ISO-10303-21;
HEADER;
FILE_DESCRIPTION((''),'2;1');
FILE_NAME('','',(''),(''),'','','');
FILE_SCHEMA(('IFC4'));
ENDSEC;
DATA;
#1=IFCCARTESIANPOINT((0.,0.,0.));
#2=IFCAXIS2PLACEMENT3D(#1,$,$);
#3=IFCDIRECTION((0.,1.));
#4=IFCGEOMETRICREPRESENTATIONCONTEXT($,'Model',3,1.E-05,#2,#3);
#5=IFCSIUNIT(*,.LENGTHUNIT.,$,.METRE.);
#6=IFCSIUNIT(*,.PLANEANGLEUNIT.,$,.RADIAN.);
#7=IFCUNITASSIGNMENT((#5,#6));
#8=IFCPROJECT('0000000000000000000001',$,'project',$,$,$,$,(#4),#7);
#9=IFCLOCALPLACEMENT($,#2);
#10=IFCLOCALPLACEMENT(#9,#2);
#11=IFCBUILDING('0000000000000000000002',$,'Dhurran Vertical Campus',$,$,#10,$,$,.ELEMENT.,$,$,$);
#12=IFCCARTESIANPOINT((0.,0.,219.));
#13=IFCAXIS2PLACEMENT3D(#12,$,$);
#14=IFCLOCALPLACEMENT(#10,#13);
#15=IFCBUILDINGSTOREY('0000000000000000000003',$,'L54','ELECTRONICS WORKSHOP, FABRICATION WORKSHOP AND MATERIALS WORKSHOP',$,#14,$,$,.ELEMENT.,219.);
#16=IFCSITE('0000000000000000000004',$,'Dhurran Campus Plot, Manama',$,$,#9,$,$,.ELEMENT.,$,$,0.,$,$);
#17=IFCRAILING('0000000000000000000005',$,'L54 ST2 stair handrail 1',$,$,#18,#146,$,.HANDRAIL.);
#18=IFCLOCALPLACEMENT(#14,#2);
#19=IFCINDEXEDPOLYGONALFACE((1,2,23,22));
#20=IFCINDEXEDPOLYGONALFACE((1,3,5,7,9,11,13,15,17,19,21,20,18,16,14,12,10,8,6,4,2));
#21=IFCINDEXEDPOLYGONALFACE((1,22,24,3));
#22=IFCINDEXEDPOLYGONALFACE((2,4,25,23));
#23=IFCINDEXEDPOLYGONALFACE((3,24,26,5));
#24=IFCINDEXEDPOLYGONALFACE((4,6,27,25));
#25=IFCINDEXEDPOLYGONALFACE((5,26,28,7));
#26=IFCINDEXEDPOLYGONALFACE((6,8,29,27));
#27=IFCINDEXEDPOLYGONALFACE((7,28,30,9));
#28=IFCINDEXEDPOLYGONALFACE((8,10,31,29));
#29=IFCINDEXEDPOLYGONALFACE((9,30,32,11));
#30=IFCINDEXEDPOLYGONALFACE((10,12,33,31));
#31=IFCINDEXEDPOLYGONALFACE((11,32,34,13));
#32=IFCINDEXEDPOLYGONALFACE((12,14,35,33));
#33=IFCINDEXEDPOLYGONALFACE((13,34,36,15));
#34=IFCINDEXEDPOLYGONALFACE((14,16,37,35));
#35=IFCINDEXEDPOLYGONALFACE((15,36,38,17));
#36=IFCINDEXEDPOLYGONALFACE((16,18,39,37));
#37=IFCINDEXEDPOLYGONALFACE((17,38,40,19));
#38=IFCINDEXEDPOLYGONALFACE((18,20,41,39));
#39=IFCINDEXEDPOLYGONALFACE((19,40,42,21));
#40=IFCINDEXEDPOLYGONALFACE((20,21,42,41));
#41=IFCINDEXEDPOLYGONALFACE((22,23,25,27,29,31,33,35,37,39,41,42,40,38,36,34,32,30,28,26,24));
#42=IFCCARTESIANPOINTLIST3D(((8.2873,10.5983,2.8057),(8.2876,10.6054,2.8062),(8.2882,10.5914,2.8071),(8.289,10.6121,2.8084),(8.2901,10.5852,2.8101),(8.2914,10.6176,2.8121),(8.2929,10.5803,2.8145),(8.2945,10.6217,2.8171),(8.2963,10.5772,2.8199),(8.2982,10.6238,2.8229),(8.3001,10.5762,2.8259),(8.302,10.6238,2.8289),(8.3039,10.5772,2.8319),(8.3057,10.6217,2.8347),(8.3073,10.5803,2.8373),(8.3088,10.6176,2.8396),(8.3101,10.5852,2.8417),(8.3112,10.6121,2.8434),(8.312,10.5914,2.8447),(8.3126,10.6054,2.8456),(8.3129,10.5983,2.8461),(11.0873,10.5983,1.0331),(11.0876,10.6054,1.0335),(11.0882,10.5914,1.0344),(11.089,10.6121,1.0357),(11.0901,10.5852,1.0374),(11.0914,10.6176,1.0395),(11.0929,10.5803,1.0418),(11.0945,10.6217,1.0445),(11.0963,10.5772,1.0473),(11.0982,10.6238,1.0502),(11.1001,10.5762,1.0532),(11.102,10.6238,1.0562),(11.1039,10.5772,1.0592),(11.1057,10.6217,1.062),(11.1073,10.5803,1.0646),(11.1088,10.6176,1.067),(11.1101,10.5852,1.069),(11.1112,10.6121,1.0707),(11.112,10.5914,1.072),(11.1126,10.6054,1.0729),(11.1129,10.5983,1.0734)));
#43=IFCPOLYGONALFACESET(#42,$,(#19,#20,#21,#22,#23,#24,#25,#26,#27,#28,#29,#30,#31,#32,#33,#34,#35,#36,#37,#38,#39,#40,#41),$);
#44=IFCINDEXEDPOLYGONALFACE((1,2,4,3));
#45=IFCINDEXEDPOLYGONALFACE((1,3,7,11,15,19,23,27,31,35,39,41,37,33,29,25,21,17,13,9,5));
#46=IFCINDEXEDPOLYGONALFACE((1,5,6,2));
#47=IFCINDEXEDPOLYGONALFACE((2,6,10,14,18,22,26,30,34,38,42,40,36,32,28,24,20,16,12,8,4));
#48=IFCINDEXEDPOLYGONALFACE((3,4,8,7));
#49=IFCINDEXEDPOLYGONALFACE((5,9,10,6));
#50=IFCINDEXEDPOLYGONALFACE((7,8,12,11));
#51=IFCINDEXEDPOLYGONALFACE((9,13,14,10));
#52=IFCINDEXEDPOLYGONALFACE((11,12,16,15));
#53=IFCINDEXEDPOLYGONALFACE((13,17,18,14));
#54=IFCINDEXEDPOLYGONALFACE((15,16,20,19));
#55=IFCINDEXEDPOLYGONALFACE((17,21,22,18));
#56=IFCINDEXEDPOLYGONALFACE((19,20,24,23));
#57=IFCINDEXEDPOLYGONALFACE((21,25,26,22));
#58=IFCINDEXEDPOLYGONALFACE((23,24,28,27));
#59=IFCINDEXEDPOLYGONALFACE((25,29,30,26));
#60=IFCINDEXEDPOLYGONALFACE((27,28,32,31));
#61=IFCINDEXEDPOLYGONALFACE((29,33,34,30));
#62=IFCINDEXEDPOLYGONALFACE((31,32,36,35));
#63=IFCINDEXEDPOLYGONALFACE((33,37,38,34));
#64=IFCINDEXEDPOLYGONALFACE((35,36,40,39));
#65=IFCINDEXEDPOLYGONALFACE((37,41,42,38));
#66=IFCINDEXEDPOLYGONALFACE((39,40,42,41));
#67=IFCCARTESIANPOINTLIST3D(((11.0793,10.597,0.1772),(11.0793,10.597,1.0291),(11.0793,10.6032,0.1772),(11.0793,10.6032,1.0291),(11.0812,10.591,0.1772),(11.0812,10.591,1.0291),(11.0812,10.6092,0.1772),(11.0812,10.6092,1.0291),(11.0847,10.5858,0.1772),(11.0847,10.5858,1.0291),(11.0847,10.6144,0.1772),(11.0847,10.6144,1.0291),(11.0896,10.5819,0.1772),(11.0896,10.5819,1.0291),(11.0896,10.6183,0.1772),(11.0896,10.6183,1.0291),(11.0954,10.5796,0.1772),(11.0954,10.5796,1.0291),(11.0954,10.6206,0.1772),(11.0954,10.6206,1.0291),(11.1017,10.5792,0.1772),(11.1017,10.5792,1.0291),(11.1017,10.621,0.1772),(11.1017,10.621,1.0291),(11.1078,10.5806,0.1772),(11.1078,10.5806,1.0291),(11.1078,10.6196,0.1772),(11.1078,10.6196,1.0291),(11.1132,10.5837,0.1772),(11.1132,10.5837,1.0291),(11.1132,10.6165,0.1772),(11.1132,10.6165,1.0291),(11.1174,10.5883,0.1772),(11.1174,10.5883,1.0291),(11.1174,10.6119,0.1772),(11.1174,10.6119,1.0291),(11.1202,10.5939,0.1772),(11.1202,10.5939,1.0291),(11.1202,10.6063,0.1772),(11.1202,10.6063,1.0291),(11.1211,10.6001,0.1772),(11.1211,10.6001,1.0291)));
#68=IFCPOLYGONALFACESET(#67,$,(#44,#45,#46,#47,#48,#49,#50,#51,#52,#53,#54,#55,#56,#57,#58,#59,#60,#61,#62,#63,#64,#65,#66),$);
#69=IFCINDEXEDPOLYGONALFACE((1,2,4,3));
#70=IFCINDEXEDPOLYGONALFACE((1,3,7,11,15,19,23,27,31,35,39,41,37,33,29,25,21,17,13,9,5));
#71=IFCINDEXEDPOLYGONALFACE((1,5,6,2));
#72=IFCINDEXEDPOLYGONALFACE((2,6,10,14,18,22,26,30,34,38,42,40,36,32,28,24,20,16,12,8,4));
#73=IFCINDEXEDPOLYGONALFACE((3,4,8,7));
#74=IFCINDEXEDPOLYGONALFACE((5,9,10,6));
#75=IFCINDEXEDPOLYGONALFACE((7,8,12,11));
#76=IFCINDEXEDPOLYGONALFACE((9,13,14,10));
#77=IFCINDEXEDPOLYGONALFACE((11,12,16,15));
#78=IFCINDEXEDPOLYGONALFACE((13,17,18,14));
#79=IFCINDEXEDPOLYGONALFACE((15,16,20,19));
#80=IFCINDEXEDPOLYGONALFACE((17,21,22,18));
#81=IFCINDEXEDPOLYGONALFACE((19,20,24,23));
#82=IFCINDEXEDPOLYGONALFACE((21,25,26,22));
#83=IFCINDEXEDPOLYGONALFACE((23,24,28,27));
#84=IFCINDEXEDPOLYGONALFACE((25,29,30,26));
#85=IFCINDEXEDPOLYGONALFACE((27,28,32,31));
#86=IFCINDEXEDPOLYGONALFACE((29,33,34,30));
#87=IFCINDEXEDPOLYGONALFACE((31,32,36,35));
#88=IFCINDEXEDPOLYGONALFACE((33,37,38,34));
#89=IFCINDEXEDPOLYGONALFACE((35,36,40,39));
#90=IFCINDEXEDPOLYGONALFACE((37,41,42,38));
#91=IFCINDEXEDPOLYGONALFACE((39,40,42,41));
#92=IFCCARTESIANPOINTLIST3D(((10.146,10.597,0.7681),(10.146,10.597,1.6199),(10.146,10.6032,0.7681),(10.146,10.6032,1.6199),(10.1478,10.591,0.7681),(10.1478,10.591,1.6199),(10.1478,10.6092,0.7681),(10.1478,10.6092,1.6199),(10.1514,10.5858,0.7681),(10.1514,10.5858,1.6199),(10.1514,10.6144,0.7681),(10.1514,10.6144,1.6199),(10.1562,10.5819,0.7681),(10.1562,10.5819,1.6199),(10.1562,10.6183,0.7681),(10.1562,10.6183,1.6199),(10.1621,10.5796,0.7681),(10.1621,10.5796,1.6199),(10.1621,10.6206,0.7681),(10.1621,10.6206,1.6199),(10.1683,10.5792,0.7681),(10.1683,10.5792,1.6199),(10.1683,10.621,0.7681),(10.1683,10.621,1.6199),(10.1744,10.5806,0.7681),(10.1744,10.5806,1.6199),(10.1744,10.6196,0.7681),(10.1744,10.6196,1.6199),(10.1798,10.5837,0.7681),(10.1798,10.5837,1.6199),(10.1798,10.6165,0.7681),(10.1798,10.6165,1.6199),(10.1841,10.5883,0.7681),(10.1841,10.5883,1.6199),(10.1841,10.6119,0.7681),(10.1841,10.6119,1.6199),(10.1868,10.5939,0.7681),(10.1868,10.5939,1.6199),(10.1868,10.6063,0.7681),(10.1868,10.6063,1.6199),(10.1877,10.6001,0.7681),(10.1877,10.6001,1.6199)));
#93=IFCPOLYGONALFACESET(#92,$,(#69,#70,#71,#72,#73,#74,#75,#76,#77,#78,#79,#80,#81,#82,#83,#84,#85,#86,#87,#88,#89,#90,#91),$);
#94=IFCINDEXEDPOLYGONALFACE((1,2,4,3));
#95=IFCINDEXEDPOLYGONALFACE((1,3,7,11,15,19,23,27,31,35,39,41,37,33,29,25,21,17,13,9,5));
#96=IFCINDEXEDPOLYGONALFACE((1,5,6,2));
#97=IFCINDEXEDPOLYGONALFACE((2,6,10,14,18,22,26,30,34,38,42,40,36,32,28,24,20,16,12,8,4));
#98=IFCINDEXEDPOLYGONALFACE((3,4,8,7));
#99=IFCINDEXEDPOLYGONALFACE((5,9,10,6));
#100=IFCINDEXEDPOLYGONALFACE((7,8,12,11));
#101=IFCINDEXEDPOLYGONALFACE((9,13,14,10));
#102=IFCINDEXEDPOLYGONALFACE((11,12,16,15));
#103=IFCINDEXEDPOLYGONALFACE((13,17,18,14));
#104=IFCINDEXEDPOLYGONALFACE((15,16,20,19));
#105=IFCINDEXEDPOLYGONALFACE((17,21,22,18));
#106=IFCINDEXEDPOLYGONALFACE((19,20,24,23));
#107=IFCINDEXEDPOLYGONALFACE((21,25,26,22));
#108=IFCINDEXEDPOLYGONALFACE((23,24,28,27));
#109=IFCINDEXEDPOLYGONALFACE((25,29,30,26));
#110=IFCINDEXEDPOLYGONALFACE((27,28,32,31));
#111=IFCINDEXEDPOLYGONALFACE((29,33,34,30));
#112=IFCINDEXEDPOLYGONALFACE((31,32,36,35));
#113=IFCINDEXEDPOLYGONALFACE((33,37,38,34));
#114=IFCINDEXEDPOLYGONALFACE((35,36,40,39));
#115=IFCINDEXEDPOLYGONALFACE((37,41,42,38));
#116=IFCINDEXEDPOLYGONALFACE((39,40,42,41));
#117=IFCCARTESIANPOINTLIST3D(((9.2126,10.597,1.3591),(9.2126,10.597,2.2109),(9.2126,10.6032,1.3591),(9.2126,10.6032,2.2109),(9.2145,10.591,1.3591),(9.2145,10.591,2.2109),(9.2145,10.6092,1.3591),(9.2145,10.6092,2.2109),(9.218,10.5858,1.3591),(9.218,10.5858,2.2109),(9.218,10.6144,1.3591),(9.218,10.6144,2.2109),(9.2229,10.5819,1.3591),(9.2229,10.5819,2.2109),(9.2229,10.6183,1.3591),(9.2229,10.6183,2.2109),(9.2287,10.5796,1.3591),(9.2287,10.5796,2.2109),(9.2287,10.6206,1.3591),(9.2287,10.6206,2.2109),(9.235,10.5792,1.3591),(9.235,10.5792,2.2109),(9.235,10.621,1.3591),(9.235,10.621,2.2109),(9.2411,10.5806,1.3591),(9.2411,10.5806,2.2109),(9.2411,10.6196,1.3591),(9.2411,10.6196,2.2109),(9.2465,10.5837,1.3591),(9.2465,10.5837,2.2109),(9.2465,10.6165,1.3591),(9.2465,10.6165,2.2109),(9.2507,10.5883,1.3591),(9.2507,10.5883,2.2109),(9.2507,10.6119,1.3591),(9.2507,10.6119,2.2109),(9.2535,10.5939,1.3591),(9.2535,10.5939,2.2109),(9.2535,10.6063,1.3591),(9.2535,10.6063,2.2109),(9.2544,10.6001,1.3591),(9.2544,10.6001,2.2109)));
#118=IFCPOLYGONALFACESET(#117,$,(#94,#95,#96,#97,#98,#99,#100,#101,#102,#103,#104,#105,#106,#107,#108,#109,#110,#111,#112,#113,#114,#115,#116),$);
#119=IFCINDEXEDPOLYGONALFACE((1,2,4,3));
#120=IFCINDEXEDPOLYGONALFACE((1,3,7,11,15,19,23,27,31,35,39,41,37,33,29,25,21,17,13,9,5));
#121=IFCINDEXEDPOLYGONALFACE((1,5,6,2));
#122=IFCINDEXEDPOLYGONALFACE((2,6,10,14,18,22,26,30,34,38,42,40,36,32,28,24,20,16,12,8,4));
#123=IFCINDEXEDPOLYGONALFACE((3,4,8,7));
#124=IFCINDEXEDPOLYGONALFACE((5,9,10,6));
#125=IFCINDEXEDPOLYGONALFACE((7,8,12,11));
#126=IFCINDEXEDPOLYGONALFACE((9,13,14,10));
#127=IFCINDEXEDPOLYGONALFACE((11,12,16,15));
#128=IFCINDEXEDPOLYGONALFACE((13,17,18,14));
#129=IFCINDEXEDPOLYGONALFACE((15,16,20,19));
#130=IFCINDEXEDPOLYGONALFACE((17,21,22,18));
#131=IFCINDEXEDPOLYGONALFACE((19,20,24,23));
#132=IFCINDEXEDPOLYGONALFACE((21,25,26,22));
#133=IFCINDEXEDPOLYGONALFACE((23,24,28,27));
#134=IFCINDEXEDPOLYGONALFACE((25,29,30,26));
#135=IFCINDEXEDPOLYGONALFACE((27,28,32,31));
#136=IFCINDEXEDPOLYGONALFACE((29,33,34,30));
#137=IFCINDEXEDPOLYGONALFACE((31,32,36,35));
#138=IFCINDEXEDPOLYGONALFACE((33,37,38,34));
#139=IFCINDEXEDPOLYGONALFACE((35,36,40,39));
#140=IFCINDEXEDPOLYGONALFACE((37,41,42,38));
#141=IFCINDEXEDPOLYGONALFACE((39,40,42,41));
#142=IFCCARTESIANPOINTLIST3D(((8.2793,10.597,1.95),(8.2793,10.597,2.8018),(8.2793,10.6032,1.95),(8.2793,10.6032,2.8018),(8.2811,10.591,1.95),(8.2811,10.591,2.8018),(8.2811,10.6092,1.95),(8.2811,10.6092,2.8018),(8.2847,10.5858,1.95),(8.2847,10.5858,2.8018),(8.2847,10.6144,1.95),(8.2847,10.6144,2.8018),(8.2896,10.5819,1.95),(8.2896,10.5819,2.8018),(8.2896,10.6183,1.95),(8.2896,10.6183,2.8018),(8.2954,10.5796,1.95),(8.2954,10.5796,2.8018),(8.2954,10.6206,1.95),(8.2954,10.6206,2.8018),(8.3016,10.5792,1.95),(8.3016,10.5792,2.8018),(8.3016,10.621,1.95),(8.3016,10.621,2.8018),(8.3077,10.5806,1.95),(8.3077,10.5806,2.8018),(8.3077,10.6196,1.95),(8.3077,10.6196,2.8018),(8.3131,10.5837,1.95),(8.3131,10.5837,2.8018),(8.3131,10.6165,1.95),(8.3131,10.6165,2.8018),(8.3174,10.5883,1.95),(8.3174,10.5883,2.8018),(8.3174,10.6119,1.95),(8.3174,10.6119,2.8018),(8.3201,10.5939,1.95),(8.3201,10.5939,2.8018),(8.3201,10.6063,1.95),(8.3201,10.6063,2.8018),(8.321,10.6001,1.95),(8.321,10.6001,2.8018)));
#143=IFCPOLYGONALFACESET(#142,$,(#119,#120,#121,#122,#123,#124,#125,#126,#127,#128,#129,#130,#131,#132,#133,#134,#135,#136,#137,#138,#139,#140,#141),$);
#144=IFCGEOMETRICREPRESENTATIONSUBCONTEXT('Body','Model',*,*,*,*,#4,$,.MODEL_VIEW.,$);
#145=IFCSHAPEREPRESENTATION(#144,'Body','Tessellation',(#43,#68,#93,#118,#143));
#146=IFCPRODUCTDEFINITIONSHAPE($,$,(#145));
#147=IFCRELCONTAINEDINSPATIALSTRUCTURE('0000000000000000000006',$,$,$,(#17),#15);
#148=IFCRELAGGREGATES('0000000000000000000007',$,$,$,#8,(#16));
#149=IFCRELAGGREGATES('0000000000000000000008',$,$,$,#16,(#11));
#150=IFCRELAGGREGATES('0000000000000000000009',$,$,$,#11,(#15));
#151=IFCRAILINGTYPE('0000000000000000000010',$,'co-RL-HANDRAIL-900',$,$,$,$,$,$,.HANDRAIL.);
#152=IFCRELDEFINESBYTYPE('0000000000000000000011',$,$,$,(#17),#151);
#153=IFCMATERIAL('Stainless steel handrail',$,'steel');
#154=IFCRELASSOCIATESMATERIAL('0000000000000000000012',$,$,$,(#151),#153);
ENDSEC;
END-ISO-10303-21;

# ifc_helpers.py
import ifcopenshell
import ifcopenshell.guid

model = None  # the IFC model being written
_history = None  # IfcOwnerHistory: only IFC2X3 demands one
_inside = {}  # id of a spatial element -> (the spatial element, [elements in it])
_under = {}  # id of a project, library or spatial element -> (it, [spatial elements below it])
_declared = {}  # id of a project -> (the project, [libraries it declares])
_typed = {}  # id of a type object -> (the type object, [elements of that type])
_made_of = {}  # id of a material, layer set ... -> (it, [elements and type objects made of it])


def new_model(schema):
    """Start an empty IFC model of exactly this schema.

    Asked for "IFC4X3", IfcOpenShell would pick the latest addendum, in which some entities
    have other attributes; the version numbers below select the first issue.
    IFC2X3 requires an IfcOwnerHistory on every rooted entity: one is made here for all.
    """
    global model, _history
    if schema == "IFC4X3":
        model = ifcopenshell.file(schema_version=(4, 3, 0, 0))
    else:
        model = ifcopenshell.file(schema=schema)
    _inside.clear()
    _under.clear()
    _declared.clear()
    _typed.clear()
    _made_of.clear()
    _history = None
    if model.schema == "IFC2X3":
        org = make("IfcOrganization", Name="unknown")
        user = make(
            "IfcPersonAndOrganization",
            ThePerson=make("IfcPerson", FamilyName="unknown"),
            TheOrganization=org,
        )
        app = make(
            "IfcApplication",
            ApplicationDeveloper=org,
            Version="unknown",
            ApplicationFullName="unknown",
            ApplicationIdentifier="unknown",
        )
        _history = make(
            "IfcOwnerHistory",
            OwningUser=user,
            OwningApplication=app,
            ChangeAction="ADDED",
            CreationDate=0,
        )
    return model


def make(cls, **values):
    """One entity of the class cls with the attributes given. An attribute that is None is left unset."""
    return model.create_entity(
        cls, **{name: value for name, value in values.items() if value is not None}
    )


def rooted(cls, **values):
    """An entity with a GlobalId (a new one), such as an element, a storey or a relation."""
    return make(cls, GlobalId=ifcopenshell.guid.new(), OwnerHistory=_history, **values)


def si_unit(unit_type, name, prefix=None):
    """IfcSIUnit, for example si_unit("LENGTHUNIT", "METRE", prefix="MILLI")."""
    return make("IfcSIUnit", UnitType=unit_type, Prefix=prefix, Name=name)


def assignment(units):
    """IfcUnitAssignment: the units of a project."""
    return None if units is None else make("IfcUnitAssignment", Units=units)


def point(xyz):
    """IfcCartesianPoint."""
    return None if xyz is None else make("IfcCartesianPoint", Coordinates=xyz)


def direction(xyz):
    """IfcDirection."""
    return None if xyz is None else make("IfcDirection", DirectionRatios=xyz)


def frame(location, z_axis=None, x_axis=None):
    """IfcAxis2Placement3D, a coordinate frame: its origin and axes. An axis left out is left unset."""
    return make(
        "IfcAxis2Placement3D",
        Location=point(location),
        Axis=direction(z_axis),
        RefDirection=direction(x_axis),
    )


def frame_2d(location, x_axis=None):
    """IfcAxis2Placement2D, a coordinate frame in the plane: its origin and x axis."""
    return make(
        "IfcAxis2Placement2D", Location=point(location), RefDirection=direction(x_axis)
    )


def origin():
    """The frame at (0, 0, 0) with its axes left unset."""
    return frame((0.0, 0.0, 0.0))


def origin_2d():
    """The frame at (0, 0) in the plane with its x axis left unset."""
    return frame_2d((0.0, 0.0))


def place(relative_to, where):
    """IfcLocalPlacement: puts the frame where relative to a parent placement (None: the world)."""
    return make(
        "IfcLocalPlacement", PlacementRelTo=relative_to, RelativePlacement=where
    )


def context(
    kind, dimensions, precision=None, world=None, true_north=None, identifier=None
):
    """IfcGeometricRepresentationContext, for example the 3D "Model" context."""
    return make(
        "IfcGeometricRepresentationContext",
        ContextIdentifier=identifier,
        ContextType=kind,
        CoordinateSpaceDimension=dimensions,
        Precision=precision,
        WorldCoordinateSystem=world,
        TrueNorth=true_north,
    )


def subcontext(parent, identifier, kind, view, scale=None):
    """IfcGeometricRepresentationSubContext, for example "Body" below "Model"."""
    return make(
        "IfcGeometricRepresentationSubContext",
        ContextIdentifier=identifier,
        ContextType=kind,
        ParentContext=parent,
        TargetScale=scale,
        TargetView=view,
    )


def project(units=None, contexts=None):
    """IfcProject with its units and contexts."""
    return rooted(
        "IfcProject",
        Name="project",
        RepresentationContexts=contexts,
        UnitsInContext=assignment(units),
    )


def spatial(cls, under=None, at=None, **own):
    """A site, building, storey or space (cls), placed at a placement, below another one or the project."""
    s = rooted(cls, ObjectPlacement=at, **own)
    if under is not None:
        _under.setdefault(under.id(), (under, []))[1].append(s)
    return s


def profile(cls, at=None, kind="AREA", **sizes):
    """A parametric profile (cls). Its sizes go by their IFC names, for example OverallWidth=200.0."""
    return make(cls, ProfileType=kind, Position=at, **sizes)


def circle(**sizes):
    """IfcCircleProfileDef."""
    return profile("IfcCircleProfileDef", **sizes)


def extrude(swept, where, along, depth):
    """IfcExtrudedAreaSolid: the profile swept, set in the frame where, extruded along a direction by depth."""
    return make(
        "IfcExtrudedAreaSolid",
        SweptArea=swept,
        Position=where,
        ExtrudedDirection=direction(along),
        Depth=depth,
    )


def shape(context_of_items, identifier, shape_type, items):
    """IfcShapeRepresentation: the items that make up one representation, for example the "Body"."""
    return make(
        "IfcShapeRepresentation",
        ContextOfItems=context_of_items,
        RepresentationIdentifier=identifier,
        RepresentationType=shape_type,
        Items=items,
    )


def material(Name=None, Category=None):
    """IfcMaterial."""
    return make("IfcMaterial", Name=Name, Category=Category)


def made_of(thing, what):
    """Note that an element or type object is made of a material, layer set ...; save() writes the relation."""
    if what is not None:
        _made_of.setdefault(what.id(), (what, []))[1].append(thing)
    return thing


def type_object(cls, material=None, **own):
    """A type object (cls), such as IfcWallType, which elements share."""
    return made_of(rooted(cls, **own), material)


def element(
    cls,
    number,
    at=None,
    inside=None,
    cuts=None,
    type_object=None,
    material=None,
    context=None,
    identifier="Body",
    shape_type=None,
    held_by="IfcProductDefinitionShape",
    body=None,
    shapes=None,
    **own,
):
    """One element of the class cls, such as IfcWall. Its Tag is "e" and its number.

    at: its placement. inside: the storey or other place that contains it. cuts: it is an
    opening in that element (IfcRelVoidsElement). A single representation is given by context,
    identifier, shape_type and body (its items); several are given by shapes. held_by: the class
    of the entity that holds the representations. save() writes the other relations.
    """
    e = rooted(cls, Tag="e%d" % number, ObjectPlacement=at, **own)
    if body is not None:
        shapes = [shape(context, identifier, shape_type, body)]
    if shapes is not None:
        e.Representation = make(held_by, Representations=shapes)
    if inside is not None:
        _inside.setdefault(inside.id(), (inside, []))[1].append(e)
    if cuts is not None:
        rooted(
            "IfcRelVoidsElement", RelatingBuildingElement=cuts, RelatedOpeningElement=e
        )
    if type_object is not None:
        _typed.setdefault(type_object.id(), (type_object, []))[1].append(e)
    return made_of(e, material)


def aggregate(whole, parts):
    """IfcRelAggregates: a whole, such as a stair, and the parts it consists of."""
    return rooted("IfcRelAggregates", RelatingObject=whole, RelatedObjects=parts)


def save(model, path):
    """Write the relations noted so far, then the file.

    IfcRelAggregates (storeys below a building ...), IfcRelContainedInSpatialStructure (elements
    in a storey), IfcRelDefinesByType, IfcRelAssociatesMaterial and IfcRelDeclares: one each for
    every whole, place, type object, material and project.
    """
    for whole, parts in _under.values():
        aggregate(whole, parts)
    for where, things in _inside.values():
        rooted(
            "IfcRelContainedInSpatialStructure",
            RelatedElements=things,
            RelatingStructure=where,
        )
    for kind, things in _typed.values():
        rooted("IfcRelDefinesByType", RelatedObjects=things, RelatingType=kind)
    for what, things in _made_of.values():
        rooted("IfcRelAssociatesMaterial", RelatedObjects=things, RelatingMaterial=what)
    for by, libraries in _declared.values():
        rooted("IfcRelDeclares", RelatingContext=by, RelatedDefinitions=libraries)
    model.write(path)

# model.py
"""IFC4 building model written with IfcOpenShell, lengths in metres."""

from ifc_helpers import new_model, si_unit, direction, frame, origin, origin_2d, place, context, subcontext, project, spatial, circle, extrude, material, type_object, element, save


model = new_model("IFC4")

# Units and contexts
model_context = context("Model", 3, precision=1e-05, world=origin(), true_north=direction((0.0, 1.0)))
body_context = subcontext(model_context, "Body", "Model", "MODEL_VIEW")
ifc_project = project(units=[si_unit("LENGTHUNIT", "METRE"), si_unit("PLANEANGLEUNIT", "RADIAN")], contexts=[model_context])

# Site, building, storey
site_placement = place(None, origin())
site = spatial("IfcSite", under=ifc_project, at=site_placement, Name="Dhurran Campus Plot, Manama", CompositionType="ELEMENT", RefElevation=0.0)
building_placement = place(site_placement, origin())
building = spatial("IfcBuilding", under=site, at=building_placement, Name="Dhurran Vertical Campus", CompositionType="ELEMENT")
storey_placement = place(building_placement, frame((0.0, 0.0, 219.0)))
storey = spatial("IfcBuildingStorey", under=building, at=storey_placement, Name="L54", Description="ELECTRONICS WORKSHOP, FABRICATION WORKSHOP AND MATERIALS WORKSHOP", CompositionType="ELEMENT", Elevation=219.0)

# Railing
ifc_material_1 = material(Name="Stainless steel handrail", Category="steel")
railing_type_1 = type_object("IfcRailingType", Name="co-RL-HANDRAIL-900", PredefinedType="HANDRAIL", material=ifc_material_1)
railing_1_placement = place(storey_placement, frame((11.1001, 10.6001, 0.1772)))
element("IfcRailing", 1, at=railing_1_placement, inside=storey, type_object=railing_type_1, Name="L54 ST2 stair handrail 1", PredefinedType="HANDRAIL", context=body_context, shape_type="SweptSolid", body=[
    extrude(circle(Radius=0.0239, at=origin_2d()), frame((0.0, 0.0, 0.876), z_axis=(-0.844909, 0.0, 0.53491), x_axis=(0.0, -1.0, 0.0)), (0.0, 0.0, 1.0), 3.314),
    extrude(circle(Radius=0.021, at=origin_2d()), origin(), (0.0, 0.0, 1.0), 0.8518),
    extrude(circle(Radius=0.021, at=origin_2d()), frame((-0.9333, 0.0, 0.5908)), (0.0, 0.0, 1.0), 0.8518),
    extrude(circle(Radius=0.021, at=origin_2d()), frame((-1.8667, 0.0, 1.1819)), (0.0, 0.0, 1.0), 0.8518),
    extrude(circle(Radius=0.021, at=origin_2d()), frame((-2.8, 0.0, 1.7727)), (0.0, 0.0, 1.0), 0.8518),
])

save(model, "model.ifc")
